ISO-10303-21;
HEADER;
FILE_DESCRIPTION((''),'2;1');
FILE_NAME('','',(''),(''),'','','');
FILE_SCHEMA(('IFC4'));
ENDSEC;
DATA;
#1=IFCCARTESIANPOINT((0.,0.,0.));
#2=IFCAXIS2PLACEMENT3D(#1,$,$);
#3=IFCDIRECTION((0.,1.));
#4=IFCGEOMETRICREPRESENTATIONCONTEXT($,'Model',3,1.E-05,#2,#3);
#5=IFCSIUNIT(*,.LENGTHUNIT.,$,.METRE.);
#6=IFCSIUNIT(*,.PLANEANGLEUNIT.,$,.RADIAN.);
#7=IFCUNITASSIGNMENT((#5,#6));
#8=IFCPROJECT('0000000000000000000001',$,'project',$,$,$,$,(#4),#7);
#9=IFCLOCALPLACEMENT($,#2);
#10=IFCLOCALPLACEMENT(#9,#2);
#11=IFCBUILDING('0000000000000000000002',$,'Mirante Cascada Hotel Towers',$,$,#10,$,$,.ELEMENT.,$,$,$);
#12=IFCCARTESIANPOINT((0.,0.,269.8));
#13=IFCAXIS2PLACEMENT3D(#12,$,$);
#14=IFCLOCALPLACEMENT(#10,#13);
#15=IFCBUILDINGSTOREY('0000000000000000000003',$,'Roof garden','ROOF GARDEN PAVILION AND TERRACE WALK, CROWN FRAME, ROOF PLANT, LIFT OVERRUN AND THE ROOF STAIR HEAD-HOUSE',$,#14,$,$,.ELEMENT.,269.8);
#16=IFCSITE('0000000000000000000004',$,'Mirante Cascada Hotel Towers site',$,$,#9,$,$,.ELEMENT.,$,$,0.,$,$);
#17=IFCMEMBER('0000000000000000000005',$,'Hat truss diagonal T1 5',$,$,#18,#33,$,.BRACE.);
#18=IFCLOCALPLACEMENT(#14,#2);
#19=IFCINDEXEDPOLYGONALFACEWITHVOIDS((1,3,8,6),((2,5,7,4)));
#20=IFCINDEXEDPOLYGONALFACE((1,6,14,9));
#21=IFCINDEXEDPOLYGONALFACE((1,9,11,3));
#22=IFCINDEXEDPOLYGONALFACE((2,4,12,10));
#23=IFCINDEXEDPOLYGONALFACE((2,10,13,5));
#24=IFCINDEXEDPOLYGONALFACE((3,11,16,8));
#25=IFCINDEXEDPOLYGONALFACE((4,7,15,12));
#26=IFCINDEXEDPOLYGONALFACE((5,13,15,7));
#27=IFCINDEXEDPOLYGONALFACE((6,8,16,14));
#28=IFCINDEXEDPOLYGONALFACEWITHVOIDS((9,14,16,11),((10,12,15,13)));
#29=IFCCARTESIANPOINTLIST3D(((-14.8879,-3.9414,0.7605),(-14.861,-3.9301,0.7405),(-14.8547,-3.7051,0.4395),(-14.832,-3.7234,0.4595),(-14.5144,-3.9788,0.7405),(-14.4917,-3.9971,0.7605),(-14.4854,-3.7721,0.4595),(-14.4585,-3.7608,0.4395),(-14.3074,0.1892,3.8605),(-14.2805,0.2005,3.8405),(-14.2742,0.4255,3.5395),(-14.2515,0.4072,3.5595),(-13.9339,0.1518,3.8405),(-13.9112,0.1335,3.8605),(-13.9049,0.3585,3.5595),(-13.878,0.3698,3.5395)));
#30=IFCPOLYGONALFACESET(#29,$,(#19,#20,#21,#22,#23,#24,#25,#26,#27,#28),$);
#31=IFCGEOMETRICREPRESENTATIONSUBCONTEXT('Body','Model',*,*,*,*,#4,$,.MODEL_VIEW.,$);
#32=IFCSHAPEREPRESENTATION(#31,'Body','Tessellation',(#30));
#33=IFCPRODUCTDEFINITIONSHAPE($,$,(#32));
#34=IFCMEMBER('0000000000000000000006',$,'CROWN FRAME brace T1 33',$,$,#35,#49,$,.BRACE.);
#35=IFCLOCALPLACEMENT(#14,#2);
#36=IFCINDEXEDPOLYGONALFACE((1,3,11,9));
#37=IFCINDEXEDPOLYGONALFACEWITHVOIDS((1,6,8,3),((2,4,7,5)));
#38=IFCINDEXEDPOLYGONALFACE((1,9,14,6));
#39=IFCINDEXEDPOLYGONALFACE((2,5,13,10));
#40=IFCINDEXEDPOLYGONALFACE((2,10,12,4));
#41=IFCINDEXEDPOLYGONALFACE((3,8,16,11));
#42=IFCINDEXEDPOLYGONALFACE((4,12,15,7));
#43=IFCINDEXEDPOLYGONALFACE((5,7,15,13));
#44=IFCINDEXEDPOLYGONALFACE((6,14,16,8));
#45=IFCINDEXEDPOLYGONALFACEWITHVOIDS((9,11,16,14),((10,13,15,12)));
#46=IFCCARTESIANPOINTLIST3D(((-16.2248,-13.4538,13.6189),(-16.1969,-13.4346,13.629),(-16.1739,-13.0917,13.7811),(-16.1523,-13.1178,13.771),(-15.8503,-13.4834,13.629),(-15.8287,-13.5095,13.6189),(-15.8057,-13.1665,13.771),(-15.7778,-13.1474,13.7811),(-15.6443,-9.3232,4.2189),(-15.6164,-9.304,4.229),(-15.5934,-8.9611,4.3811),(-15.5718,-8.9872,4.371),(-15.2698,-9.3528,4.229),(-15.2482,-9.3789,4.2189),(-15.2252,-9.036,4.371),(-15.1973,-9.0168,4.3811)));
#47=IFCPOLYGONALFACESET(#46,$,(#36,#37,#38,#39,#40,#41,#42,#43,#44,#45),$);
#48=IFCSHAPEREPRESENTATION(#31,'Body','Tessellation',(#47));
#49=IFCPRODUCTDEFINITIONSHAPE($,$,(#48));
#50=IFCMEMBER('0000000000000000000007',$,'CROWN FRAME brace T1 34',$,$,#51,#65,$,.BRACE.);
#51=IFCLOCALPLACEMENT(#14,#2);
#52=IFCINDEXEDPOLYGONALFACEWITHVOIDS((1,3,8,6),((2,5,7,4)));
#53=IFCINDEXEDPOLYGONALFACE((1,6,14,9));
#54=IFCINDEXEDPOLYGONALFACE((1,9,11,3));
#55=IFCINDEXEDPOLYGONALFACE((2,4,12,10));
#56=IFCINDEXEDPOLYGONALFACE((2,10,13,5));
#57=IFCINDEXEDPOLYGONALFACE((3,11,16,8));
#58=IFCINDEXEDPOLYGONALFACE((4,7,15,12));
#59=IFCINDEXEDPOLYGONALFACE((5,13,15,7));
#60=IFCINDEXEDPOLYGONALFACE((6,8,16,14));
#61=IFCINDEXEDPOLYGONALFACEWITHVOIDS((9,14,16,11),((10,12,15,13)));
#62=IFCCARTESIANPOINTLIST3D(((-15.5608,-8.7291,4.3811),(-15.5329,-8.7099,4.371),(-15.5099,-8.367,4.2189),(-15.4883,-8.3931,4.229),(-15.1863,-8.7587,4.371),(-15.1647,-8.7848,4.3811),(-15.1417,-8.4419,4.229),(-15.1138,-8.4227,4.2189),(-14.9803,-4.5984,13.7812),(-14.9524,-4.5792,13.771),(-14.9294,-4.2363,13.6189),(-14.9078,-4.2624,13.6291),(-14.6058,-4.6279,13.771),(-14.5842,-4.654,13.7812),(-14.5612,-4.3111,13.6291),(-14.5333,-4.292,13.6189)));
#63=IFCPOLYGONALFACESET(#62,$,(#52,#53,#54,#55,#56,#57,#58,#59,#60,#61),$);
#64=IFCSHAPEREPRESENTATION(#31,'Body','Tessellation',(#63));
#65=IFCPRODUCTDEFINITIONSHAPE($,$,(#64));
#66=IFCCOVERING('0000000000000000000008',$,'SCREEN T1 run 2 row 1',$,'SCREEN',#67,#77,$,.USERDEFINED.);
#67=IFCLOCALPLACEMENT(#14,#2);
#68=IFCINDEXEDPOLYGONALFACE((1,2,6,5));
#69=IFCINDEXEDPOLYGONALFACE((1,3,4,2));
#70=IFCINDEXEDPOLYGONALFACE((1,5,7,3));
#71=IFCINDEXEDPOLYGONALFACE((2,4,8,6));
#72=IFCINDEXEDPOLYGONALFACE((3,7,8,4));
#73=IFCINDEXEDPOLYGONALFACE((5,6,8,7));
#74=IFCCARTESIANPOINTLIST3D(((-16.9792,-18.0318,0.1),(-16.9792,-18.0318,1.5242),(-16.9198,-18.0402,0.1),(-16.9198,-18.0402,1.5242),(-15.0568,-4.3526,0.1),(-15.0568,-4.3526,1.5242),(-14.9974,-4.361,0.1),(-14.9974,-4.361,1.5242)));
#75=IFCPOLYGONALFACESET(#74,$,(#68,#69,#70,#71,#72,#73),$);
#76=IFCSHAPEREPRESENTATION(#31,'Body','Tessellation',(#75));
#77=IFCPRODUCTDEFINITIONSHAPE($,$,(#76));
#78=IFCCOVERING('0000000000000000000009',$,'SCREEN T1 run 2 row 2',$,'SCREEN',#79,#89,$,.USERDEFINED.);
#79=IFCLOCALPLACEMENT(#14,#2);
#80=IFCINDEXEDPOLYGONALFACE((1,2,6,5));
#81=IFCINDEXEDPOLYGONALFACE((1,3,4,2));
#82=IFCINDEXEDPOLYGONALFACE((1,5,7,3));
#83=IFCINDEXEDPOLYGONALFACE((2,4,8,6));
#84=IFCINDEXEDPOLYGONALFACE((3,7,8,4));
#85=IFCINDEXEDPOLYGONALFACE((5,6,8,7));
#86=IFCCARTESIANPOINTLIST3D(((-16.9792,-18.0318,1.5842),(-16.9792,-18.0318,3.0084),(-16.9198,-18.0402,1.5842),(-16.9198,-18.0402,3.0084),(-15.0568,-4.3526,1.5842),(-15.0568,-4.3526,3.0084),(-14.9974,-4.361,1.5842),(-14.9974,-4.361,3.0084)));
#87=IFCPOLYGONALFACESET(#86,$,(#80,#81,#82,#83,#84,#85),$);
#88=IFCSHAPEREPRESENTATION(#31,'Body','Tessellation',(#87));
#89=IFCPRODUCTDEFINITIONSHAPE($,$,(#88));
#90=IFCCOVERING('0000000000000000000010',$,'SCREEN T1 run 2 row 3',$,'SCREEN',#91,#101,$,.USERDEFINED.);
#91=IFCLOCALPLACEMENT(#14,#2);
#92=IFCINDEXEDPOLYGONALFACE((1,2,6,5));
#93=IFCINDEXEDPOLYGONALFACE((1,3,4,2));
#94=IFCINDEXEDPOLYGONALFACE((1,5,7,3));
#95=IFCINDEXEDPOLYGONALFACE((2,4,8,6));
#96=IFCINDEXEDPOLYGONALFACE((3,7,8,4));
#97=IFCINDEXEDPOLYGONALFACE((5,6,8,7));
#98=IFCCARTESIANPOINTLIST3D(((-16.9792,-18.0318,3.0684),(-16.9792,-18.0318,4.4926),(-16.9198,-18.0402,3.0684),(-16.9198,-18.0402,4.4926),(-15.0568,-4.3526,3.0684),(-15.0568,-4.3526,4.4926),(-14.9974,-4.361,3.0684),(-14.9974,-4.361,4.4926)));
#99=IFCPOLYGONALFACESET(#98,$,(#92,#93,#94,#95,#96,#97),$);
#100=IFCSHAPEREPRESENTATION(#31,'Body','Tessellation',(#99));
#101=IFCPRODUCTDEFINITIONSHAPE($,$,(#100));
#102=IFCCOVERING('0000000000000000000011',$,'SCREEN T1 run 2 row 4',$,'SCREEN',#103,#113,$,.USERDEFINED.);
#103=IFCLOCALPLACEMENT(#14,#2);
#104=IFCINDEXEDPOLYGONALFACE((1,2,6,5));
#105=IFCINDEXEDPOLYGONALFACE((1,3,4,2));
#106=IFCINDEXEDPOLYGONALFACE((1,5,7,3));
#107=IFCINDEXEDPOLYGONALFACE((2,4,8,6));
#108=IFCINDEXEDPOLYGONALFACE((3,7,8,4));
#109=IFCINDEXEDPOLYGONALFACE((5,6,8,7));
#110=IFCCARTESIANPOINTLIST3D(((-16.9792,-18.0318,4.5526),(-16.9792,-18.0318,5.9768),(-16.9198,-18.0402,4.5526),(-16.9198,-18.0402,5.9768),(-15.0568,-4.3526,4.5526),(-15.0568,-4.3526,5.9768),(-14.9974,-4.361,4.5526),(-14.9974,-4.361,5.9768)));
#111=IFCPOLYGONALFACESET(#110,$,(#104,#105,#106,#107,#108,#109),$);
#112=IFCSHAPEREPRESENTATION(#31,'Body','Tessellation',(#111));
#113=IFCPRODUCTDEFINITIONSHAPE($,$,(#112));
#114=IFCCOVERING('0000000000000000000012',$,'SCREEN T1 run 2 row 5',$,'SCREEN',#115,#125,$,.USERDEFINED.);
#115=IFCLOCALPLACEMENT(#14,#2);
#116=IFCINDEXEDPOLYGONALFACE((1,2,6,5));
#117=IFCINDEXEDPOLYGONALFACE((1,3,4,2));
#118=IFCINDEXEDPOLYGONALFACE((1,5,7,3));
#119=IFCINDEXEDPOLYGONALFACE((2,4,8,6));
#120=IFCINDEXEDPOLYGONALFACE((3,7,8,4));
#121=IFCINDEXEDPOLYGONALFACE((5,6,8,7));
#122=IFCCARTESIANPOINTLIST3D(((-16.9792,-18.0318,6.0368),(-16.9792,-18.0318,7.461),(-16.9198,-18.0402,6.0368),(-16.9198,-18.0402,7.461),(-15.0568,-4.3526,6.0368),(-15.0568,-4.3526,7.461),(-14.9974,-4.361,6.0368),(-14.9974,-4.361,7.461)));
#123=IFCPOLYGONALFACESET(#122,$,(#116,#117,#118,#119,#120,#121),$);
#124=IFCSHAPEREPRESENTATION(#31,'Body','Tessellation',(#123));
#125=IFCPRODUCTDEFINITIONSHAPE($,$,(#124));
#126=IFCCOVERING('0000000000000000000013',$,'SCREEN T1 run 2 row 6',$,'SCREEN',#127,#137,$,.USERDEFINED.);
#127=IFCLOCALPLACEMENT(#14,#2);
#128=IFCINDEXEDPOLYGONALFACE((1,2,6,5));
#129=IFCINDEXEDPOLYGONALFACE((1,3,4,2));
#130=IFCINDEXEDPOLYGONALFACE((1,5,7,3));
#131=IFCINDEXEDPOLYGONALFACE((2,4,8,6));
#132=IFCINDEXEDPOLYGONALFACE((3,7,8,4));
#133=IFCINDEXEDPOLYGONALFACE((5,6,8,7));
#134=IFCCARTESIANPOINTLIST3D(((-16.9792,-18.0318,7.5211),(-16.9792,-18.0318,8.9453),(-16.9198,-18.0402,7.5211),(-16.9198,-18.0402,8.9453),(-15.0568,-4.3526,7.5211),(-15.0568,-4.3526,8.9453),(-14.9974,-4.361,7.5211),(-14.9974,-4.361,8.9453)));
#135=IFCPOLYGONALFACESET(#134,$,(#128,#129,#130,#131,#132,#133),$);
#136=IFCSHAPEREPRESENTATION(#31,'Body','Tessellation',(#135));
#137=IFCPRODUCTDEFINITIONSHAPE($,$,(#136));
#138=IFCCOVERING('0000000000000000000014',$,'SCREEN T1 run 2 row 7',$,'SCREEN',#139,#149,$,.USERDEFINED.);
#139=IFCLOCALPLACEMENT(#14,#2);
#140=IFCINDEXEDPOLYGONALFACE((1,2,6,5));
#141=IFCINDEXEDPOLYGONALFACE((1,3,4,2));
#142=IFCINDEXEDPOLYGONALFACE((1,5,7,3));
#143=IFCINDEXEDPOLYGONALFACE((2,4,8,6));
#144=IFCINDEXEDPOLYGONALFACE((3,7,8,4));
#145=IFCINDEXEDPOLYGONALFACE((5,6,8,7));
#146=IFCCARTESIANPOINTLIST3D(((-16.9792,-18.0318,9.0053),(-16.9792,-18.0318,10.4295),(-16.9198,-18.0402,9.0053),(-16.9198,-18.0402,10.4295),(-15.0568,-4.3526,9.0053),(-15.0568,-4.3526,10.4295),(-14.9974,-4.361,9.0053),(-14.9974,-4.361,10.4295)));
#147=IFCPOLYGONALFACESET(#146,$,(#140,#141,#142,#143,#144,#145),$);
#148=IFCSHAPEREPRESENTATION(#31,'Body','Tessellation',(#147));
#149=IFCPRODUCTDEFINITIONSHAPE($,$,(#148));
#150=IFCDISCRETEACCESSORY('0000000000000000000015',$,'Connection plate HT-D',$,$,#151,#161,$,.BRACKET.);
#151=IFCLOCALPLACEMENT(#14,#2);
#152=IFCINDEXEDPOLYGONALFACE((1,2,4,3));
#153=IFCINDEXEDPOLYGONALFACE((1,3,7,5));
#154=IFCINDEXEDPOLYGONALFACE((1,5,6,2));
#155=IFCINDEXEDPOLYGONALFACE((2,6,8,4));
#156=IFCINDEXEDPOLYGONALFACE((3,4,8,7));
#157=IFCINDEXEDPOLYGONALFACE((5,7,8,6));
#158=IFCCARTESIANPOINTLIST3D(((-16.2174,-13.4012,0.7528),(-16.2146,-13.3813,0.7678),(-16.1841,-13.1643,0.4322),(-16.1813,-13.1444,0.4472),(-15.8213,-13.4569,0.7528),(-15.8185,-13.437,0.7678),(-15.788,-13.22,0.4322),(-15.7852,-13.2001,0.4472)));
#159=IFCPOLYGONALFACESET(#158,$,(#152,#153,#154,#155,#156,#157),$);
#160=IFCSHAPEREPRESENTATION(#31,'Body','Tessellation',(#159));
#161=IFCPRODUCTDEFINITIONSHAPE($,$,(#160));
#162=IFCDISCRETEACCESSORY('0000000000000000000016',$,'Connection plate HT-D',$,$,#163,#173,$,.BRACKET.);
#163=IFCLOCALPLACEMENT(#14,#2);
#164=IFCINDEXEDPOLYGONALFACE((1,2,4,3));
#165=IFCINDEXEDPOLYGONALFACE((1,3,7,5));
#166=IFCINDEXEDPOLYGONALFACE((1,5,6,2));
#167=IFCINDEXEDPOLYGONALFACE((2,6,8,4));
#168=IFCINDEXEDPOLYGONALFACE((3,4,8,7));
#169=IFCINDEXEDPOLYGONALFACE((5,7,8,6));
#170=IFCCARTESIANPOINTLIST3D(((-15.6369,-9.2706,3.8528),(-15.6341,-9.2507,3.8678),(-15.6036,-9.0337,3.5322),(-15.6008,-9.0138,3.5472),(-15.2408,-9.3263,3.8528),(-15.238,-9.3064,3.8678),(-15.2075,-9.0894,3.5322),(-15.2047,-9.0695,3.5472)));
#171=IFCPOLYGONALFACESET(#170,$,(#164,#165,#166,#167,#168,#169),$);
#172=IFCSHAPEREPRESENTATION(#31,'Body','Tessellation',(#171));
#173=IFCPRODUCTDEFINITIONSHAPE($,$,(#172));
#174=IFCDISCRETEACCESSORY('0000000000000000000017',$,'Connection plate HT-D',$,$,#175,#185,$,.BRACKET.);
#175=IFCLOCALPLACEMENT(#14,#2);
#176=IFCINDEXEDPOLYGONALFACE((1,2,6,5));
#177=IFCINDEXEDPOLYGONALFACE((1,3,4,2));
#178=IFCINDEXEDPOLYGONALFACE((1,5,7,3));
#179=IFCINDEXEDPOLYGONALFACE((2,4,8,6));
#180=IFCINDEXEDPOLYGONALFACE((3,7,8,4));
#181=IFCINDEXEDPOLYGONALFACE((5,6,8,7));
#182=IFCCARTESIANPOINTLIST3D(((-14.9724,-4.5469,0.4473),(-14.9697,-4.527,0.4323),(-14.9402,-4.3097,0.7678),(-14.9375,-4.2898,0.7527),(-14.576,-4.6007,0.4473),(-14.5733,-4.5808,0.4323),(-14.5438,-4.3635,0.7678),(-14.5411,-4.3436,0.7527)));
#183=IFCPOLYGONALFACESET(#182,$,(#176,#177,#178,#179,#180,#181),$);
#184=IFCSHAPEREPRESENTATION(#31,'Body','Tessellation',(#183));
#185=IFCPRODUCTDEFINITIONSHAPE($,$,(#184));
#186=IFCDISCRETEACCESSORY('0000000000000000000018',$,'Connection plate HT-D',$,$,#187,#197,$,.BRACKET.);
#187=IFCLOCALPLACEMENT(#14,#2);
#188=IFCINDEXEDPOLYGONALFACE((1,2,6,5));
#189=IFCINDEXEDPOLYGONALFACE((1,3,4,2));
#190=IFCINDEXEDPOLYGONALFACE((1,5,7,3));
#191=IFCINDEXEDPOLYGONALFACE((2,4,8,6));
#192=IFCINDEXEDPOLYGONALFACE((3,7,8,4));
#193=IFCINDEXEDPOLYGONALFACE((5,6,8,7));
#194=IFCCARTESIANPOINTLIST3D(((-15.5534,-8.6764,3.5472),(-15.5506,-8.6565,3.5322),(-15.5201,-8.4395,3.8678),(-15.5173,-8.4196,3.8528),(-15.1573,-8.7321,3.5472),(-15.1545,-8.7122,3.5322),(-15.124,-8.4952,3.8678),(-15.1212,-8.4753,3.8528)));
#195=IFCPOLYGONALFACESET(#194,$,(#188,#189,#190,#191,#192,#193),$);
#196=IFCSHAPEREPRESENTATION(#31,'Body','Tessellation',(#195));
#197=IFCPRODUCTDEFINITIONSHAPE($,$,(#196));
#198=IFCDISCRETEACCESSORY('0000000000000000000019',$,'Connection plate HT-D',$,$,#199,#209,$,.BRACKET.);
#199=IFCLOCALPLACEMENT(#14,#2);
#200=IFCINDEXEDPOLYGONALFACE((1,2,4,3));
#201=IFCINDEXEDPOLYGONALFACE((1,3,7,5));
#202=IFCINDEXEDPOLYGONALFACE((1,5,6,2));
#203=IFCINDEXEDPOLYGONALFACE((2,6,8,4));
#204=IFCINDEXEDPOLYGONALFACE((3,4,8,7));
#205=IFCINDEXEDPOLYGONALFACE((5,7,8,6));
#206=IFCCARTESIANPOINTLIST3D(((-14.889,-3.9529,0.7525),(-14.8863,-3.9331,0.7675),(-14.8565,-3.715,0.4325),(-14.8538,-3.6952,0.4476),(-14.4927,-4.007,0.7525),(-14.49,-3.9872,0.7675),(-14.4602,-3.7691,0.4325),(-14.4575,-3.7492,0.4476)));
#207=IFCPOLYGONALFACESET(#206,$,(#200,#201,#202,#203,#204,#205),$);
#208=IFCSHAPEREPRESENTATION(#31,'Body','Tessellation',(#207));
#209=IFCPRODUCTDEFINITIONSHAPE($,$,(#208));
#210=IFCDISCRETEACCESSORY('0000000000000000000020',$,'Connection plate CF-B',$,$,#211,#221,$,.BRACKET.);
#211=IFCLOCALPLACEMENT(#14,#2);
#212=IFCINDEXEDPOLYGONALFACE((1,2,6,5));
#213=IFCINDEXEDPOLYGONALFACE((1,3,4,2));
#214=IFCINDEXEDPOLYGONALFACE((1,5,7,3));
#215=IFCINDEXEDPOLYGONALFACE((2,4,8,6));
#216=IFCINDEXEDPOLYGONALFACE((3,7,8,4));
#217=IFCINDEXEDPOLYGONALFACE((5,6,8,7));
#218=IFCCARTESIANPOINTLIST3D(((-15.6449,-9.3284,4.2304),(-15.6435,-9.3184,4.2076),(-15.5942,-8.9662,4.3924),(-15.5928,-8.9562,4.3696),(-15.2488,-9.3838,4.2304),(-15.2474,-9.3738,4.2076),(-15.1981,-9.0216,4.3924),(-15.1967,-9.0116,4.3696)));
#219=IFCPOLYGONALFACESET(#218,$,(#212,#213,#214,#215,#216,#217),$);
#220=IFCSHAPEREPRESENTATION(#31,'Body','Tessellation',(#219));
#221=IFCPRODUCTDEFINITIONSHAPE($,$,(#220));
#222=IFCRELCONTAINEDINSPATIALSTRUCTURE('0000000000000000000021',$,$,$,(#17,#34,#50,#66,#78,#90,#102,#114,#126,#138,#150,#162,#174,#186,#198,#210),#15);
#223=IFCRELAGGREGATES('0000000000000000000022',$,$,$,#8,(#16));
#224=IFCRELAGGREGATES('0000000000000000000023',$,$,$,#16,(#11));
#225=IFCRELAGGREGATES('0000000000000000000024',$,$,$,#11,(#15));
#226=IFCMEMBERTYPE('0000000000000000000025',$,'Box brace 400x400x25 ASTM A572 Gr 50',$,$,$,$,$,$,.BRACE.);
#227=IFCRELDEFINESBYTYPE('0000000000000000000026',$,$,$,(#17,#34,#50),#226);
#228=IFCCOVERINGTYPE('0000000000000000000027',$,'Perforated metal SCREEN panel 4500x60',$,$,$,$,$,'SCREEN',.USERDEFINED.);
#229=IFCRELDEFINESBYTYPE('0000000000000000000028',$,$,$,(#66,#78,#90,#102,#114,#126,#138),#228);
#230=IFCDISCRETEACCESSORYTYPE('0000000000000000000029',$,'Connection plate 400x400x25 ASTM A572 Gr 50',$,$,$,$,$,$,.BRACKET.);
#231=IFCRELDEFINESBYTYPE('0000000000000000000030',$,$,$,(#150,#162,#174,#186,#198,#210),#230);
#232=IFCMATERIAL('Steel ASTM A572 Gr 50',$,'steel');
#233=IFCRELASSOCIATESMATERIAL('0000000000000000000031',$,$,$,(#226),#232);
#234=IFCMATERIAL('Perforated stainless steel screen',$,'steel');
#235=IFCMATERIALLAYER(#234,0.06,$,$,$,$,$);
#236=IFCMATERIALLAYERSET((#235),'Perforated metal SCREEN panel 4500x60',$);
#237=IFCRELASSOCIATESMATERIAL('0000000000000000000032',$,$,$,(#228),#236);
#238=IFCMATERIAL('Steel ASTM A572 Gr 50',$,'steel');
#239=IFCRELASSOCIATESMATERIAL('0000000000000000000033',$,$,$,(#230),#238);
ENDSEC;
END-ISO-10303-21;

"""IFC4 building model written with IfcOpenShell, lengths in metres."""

from ifc_helpers import new_model, si_unit, direction, frame, origin, origin_2d, place, context, subcontext, project, spatial, rectangle, hollow_rectangle, extrude, material, layer, layer_set, material_profile, profile_set, type_object, element, save


model = new_model("IFC4")

# Units and contexts
model_context = context("Model", 3, precision=1e-05, world=origin(), true_north=direction((0.0, 1.0)))
body_context = subcontext(model_context, "Body", "Model", "MODEL_VIEW")
ifc_project = project(units=[si_unit("LENGTHUNIT", "METRE"), si_unit("PLANEANGLEUNIT", "RADIAN")], contexts=[model_context])

# Site, building, storey
site_placement = place(None, origin())
site = spatial("IfcSite", under=ifc_project, at=site_placement, Name="Mirante Cascada Hotel Towers site", CompositionType="ELEMENT", RefElevation=0.0)
building_placement = place(site_placement, origin())
building = spatial("IfcBuilding", under=site, at=building_placement, Name="Mirante Cascada Hotel Towers", CompositionType="ELEMENT")
storey_placement = place(building_placement, frame((0.0, 0.0, 269.8)))
storey = spatial("IfcBuildingStorey", under=building, at=storey_placement, Name="Roof garden", Description="ROOF GARDEN PAVILION AND TERRACE WALK, CROWN FRAME, ROOF PLANT, LIFT OVERRUN AND THE ROOF STAIR HEAD-HOUSE", CompositionType="ELEMENT", Elevation=269.8)

# Members
ifc_material_1 = material(Name="Steel ASTM A572 Gr 50", Category="steel")
ifc_material_profile_1 = material_profile(ifc_material_1, hollow_rectangle(XDim=0.4, YDim=0.4, WallThickness=0.025, at=origin_2d()), Name="Box brace 400x400x25 ASTM A572 Gr 50")
ifc_profile_set_1 = profile_set([ifc_material_profile_1], Name="Steel ASTM A572 Gr 50")
member_type = type_object("IfcMemberType", Name="Box brace 400x400x25 ASTM A572 Gr 50", PredefinedType="BRACE", material=ifc_profile_set_1)
member_1_placement = place(storey_placement, frame((-14.6732, -3.8511, 0.6), z_axis=(0.111699, 0.794804, 0.596498), x_axis=(-0.990269, 0.139169, 0.0)))
element("IfcMember", 1, at=member_1_placement, inside=storey, type_object=member_type, Name="Hat truss diagonal T1 5", PredefinedType="BRACE", context=body_context, shape_type="SweptSolid", body=[
    extrude(hollow_rectangle(XDim=0.4, YDim=0.4, WallThickness=0.025, at=origin_2d()), origin(), (0.0, 0.0, 1.0), 5.197),
])
member_2_placement = place(storey_placement, frame((-15.4208, -9.17, 4.3), z_axis=(-0.056447, -0.401657, 0.914049), x_axis=(0.990269, -0.139169, 0.0)))
element("IfcMember", 2, at=member_2_placement, inside=storey, type_object=member_type, Name="CROWN FRAME brace T1 33", PredefinedType="BRACE", context=body_context, shape_type="SweptSolid", body=[
    extrude(hollow_rectangle(XDim=0.4, YDim=0.4, WallThickness=0.025, at=origin_2d()), origin(), (0.0, 0.0, 1.0), 10.2839),
])
member_3_placement = place(storey_placement, frame((-15.3373, -8.5759, 4.3), z_axis=(0.056447, 0.401665, 0.914045), x_axis=(-0.990269, 0.139166, 0.0)))
element("IfcMember", 3, at=member_3_placement, inside=storey, type_object=member_type, Name="CROWN FRAME brace T1 34", PredefinedType="BRACE", context=body_context, shape_type="SweptSolid", body=[
    extrude(hollow_rectangle(XDim=0.4, YDim=0.4, WallThickness=0.025, at=origin_2d()), origin(), (0.0, 0.0, 1.0), 10.284),
])

# Coverings
ifc_material_2 = material(Name="Perforated stainless steel screen", Category="steel")
ifc_layer = layer(ifc_material_2, 0.06)
ifc_layer_set = layer_set([ifc_layer], Name="Perforated metal SCREEN panel 4500x60")
covering_type = type_object("IfcCoveringType", Name="Perforated metal SCREEN panel 4500x60", ElementType="SCREEN", PredefinedType="USERDEFINED", material=ifc_layer_set)
for number, where, z_axis, x_axis, name in (
    (4, (-15.9883, -11.1964, 0.1), (0.0, 0.0, 1.0), (0.139173, 0.990268, 0.0), "SCREEN T1 run 2 row 1"),
    (5, (-15.9883, -11.1964, 1.5842), (0.0, 0.0, 1.0), (0.139173, 0.990268, 0.0), "SCREEN T1 run 2 row 2"),
    (6, (-15.9883, -11.1964, 3.0684), (0.0, 0.0, 1.0), (0.139173, 0.990268, 0.0), "SCREEN T1 run 2 row 3"),
    (7, (-15.9883, -11.1964, 4.5526), (0.0, 0.0, 1.0), (0.139173, 0.990268, 0.0), "SCREEN T1 run 2 row 4"),
    (8, (-15.9883, -11.1964, 6.0368), (0.0, 0.0, 1.0), (0.139173, 0.990268, 0.0), "SCREEN T1 run 2 row 5"),
    (9, (-15.9883, -11.1964, 7.5211), (0.0, 0.0, 1.0), (0.139173, 0.990268, 0.0), "SCREEN T1 run 2 row 6"),
    (10, (-15.9883, -11.1964, 9.0053), (0.0, 0.0, 1.0), (0.139173, 0.990268, 0.0), "SCREEN T1 run 2 row 7"),
):
    element("IfcCovering", number, at=place(storey_placement, frame(where, z_axis=z_axis, x_axis=x_axis)), inside=storey, type_object=covering_type, Name=name, ObjectType="SCREEN", PredefinedType="USERDEFINED", context=body_context, shape_type="SweptSolid", body=[
        extrude(rectangle(XDim=13.8136, YDim=0.06, at=origin_2d()), origin(), (0.0, 0.0, 1.0), 1.4242),
    ])

# Discrete accessories
ifc_material_3 = material(Name="Steel ASTM A572 Gr 50", Category="steel")
ifc_material_profile_2 = material_profile(ifc_material_3, rectangle(XDim=0.4, YDim=0.4, at=origin_2d()), Name="Connection plate 400x400x25 ASTM A572 Gr 50")
ifc_profile_set_2 = profile_set([ifc_material_profile_2], Name="Steel ASTM A572 Gr 50")
discrete_accessory_type = type_object("IfcDiscreteAccessoryType", Name="Connection plate 400x400x25 ASTM A572 Gr 50", PredefinedType="BRACKET", material=ifc_profile_set_2)
for number, where, z_axis, x_axis, name in (
    (11, (-16.0027, -13.3106, 0.5925), (0.111657, 0.79356, 0.59816), (-0.990246, 0.139331, 0.0), "Connection plate HT-D"),
    (12, (-15.4222, -9.18, 3.6925), (0.111657, 0.79356, 0.59816), (-0.990246, 0.139331, 0.0), "Connection plate HT-D"),
    (13, (-14.7554, -4.4353, 0.5925), (-0.107716, -0.793907, 0.598422), (0.990921, -0.134446, 0.0), "Connection plate HT-D"),
    (14, (-15.3359, -8.5659, 3.6925), (-0.111657, -0.79356, 0.59816), (0.990246, -0.139331, 0.0), "Connection plate HT-D"),
):
    element("IfcDiscreteAccessory", number, at=place(storey_placement, frame(where, z_axis=z_axis, x_axis=x_axis)), inside=storey, type_object=discrete_accessory_type, Name=name, PredefinedType="BRACKET", context=body_context, shape_type="SweptSolid", body=[
        extrude(rectangle(XDim=0.4, YDim=0.4, at=origin_2d()), origin(), (0.0, 0.0, 1.0), 0.0251),
    ])
discrete_accessory_1_placement = place(storey_placement, frame((-14.6746, -3.861, 0.5925), z_axis=(0.108058, 0.792425, 0.600322), x_axis=(-0.99083, 0.135113, 0.0)))
element("IfcDiscreteAccessory", 15, at=discrete_accessory_1_placement, inside=storey, type_object=discrete_accessory_type, Name="Connection plate HT-D", PredefinedType="BRACKET", context=body_context, shape_type="SweptSolid", body=[
    extrude(rectangle(XDim=0.4, YDim=0.4, at=origin_2d()), origin(), (0.0, 0.0, 1.0), 0.025),
])
discrete_accessory_2_placement = place(storey_placement, frame((-15.4201, -9.165, 4.2886), z_axis=(-0.056144, -0.401028, 0.914344), x_axis=(0.990342, -0.138648, 0.0)))
element("IfcDiscreteAccessory", 16, at=discrete_accessory_2_placement, inside=storey, type_object=discrete_accessory_type, Name="Connection plate CF-B", PredefinedType="BRACKET", context=body_context, shape_type="SweptSolid", body=[
    extrude(rectangle(XDim=0.4, YDim=0.4, at=origin_2d()), origin(), (0.0, 0.0, 1.0), 0.0249),
])

save(model, "model.ifc")
